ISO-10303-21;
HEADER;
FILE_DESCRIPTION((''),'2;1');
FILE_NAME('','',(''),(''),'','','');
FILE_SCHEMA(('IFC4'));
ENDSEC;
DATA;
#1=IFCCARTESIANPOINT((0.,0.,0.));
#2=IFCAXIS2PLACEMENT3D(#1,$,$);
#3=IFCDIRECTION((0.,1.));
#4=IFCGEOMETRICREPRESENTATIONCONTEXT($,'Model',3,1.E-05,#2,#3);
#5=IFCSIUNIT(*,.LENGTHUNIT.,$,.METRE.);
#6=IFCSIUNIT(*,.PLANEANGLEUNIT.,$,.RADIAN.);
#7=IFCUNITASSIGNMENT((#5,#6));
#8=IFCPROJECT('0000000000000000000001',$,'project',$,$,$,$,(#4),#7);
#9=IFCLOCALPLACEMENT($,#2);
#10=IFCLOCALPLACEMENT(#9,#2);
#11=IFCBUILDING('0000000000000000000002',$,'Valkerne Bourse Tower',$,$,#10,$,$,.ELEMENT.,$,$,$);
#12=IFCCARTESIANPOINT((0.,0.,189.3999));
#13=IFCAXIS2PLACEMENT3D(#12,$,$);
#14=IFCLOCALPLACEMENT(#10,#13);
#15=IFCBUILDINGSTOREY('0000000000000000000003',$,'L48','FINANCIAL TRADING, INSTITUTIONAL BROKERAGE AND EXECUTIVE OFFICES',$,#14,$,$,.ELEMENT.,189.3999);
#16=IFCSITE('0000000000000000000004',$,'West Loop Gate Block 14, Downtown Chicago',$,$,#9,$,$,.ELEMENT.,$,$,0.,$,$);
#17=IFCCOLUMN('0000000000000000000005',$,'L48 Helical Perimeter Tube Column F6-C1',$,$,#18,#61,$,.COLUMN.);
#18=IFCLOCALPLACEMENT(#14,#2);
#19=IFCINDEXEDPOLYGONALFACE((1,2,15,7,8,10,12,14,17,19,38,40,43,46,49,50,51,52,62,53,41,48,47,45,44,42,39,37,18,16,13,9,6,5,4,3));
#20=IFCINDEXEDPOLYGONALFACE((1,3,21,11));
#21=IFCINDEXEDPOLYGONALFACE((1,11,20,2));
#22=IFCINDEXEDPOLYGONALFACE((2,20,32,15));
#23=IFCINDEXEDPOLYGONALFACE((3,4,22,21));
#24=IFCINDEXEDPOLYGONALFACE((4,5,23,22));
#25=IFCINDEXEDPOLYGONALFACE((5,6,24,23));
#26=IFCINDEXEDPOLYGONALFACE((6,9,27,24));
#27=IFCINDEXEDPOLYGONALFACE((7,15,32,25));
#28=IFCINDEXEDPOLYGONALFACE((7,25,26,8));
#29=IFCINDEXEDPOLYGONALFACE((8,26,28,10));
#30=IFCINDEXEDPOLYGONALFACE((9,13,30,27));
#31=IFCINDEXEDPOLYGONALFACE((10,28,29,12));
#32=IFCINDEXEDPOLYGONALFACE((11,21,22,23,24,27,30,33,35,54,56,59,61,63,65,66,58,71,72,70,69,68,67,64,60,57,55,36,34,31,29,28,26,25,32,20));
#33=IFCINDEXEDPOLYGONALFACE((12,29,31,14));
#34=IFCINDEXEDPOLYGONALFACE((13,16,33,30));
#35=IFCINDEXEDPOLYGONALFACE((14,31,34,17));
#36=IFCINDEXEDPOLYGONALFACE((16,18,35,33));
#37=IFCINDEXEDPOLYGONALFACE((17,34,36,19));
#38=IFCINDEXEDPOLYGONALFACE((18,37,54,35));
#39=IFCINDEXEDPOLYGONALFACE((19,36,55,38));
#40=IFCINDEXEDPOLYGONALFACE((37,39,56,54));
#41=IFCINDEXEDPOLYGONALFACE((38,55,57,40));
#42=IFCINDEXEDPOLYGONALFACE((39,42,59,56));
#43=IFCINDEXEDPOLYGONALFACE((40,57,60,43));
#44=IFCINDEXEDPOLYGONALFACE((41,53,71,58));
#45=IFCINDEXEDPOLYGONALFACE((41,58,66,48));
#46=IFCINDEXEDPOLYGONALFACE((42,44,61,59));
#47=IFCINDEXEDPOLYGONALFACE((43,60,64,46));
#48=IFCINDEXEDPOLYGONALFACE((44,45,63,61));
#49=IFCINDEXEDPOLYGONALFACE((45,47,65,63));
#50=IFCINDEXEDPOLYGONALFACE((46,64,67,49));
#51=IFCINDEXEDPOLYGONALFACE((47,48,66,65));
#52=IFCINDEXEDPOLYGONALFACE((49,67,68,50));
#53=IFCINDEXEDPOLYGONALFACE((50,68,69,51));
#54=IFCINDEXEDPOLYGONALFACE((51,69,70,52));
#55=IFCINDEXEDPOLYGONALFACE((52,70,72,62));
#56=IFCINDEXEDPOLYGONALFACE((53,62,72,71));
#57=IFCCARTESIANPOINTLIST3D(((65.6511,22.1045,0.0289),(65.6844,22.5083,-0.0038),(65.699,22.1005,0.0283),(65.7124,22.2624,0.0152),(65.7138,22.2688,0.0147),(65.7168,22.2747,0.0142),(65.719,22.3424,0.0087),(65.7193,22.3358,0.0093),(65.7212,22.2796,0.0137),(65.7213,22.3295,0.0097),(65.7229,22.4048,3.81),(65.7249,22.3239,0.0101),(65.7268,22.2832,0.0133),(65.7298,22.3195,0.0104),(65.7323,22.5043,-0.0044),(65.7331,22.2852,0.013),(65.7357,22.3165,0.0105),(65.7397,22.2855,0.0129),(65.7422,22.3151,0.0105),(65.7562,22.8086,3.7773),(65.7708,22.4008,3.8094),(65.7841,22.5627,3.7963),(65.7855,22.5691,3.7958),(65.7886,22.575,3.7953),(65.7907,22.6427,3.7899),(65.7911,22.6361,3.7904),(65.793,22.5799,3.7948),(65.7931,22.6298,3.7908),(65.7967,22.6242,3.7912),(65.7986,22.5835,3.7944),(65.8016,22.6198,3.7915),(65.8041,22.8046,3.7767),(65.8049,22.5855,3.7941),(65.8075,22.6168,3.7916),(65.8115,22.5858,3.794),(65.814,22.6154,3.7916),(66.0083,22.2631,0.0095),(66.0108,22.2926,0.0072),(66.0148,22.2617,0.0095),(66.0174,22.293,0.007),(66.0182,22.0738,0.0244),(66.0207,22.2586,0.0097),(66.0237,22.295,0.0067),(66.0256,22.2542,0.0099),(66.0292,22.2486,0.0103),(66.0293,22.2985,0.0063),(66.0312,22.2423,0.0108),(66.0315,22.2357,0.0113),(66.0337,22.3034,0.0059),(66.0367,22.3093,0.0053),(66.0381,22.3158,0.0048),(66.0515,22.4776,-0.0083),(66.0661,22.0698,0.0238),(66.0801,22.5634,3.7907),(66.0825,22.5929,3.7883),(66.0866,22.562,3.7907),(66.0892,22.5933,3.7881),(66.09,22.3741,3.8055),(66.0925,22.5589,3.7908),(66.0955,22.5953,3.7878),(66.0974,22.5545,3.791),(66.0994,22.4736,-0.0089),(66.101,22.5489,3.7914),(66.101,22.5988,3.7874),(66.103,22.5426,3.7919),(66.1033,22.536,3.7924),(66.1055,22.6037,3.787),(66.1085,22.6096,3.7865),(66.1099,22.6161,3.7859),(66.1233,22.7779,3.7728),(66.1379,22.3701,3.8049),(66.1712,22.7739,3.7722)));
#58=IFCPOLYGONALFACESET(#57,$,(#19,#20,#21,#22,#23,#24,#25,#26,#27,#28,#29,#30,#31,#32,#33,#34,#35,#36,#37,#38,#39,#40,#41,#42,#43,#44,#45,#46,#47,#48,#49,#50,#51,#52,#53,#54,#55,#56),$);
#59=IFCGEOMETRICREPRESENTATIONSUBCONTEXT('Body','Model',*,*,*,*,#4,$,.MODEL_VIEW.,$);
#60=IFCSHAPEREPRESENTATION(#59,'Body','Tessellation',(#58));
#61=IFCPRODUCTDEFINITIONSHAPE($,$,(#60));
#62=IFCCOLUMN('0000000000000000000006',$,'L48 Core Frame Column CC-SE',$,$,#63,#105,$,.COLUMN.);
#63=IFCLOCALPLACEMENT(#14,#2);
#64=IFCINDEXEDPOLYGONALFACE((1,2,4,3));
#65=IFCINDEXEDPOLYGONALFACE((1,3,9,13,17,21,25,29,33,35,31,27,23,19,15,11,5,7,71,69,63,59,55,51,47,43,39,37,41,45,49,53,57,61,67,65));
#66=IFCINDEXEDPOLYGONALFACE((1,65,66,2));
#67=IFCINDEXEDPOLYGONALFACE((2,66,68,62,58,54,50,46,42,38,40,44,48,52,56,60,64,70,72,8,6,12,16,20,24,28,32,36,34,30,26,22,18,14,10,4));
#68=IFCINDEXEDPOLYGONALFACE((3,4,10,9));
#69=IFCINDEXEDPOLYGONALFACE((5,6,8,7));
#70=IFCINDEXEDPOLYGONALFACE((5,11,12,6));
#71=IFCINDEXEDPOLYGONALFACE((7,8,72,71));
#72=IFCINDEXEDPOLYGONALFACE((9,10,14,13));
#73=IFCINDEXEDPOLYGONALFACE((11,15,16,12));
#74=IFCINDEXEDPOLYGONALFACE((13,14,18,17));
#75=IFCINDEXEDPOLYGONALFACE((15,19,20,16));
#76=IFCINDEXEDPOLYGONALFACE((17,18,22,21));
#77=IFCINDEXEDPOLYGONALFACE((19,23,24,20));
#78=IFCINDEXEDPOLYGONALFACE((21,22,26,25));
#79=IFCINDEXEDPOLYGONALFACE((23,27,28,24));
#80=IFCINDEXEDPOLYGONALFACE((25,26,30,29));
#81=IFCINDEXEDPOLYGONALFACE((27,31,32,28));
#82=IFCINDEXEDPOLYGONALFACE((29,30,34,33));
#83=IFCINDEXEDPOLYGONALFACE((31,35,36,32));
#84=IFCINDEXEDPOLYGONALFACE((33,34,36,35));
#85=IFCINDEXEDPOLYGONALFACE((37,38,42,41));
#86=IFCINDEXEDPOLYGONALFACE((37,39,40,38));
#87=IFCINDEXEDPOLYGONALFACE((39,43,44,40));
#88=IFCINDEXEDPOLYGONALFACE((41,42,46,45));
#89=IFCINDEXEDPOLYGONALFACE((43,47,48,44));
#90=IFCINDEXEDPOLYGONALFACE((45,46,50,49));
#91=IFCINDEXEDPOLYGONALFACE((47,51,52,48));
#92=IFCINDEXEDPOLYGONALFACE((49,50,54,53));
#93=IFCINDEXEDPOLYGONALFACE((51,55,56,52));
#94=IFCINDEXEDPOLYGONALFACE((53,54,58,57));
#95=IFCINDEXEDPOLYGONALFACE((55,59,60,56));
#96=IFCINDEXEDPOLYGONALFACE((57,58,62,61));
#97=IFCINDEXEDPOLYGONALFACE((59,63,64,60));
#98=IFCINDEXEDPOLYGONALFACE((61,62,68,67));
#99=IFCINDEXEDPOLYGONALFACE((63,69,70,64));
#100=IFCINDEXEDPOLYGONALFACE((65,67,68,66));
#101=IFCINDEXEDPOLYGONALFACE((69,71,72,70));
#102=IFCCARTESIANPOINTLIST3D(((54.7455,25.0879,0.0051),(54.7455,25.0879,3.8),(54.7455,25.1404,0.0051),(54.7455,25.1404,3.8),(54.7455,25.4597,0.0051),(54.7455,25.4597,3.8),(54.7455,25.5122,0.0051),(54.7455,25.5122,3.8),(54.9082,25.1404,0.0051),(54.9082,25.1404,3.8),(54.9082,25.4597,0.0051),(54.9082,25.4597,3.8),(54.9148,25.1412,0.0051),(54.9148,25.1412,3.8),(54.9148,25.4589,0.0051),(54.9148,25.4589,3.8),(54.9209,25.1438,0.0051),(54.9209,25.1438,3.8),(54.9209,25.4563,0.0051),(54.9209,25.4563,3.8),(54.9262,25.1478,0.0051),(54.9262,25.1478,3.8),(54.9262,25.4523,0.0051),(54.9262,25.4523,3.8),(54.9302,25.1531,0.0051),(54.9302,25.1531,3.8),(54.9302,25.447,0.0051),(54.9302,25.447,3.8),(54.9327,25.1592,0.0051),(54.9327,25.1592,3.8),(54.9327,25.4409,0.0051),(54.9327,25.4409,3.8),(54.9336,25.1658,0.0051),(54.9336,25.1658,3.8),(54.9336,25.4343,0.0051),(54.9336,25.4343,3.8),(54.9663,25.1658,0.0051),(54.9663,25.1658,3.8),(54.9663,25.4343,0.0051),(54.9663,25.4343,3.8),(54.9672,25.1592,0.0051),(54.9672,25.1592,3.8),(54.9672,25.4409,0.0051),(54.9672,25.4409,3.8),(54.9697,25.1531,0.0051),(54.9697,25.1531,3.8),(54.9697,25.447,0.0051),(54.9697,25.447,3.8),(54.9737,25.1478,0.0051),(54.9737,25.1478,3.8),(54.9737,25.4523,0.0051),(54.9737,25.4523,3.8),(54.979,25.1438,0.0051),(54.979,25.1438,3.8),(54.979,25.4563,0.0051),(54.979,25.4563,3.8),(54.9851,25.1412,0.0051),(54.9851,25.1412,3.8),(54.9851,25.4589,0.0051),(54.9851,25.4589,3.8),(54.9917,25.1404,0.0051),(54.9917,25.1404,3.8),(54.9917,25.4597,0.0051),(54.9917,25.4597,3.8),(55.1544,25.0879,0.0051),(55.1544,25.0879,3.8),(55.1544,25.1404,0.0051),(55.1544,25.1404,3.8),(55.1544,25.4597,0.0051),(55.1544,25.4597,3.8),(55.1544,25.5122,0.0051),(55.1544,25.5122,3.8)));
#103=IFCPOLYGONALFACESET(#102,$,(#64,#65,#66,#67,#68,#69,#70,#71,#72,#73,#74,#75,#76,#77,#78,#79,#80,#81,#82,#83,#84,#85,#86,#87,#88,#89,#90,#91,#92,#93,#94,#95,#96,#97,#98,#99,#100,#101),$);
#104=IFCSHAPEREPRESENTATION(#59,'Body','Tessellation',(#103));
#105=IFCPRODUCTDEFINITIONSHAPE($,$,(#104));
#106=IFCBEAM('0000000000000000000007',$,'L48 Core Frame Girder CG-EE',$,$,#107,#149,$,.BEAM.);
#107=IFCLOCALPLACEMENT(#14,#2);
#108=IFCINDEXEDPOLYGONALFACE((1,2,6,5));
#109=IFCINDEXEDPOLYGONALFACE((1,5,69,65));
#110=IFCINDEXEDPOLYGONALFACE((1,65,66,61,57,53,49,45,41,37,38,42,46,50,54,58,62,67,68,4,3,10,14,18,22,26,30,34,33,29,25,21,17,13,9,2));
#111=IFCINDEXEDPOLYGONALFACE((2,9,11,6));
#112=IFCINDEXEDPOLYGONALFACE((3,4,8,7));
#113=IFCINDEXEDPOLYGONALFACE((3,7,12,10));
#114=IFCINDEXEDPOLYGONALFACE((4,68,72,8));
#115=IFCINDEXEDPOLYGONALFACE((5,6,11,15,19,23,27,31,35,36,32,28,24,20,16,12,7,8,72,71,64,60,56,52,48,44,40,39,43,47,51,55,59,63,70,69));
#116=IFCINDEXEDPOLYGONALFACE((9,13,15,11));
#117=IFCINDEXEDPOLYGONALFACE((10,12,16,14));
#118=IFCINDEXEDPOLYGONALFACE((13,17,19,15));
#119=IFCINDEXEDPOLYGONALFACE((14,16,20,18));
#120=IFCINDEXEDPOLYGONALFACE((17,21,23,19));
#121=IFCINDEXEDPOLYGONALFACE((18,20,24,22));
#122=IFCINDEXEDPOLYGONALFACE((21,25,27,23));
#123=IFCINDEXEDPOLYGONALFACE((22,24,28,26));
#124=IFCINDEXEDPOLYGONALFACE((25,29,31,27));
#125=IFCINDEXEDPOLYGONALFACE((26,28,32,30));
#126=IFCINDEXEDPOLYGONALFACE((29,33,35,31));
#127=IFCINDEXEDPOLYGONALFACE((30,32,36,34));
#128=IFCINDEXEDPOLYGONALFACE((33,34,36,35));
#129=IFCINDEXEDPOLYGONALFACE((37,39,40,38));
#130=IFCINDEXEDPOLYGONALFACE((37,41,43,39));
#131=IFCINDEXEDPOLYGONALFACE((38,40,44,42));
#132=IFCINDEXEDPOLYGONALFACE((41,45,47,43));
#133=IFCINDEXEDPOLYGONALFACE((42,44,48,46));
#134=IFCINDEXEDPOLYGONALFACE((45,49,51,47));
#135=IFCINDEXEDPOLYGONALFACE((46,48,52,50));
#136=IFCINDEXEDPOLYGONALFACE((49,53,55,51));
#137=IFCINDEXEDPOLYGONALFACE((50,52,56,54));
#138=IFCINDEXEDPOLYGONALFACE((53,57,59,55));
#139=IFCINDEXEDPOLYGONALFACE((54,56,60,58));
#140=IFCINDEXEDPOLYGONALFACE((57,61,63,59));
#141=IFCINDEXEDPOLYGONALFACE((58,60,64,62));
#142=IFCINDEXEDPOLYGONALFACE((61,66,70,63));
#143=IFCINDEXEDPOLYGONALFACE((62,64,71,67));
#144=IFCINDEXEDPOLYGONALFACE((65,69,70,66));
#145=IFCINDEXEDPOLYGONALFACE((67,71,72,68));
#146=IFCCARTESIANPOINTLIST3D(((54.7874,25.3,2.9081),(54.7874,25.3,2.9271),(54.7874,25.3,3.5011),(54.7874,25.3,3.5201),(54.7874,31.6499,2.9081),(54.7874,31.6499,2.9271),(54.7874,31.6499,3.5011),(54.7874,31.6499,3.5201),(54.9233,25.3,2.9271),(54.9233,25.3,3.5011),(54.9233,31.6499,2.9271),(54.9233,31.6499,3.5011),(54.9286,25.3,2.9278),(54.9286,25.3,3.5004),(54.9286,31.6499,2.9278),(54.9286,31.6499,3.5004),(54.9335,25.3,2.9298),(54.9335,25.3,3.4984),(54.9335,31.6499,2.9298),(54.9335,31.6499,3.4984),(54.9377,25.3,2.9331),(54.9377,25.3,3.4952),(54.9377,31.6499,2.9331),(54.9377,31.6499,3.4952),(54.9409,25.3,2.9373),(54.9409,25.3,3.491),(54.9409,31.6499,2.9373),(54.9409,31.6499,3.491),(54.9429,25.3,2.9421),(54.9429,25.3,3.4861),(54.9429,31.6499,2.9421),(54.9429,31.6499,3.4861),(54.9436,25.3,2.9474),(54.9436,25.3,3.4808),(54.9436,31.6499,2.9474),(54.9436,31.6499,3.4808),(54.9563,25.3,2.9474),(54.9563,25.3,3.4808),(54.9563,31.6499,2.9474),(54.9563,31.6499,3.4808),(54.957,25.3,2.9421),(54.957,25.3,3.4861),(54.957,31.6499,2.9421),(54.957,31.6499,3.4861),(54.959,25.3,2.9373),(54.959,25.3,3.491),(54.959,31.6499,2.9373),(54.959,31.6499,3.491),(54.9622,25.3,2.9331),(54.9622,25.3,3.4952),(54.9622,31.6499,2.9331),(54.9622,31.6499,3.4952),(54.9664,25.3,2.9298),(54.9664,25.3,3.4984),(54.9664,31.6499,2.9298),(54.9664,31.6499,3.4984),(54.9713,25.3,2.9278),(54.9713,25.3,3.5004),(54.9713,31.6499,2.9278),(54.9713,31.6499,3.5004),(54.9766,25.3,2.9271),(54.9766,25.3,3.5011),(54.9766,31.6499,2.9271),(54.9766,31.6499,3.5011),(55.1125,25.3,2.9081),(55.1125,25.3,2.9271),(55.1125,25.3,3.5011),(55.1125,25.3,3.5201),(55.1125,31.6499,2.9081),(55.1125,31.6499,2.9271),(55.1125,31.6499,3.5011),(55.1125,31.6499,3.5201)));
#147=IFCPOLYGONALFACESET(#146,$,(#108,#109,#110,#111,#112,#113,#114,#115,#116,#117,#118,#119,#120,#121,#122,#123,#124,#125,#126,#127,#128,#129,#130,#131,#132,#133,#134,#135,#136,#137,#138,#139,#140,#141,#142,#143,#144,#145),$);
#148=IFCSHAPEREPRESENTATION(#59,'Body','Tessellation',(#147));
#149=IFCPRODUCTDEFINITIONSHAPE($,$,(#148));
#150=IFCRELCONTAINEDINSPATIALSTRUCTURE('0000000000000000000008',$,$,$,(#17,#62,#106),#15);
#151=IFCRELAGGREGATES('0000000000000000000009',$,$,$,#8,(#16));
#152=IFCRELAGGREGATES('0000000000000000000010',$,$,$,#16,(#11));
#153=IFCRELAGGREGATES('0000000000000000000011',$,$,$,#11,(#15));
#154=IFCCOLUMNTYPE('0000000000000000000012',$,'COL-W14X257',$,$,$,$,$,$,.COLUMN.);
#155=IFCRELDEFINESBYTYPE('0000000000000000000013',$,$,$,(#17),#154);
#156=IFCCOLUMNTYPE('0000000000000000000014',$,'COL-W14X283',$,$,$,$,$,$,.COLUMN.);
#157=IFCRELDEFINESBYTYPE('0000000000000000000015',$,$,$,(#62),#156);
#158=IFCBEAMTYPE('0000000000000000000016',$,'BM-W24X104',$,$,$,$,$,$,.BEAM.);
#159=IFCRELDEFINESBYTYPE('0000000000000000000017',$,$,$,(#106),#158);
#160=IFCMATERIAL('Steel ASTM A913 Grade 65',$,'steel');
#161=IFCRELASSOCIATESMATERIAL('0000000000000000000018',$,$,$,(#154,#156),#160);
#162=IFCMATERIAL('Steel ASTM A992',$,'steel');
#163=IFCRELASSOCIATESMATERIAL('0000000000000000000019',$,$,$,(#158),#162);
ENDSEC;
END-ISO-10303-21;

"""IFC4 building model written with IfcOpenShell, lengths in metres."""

from ifc_helpers import new_model, si_unit, direction, frame, origin, origin_2d, place, context, subcontext, project, spatial, i_section, extrude, material, material_profile, profile_set, type_object, element, save


model = new_model("IFC4")

# Units and contexts
model_context = context("Model", 3, precision=1e-05, world=origin(), true_north=direction((0.0, 1.0)))
body_context = subcontext(model_context, "Body", "Model", "MODEL_VIEW")
ifc_project = project(units=[si_unit("LENGTHUNIT", "METRE"), si_unit("PLANEANGLEUNIT", "RADIAN")], contexts=[model_context])

# Site, building, storey
site_placement = place(None, origin())
site = spatial("IfcSite", under=ifc_project, at=site_placement, Name="West Loop Gate Block 14, Downtown Chicago", CompositionType="ELEMENT", RefElevation=0.0)
building_placement = place(site_placement, origin())
building = spatial("IfcBuilding", under=site, at=building_placement, Name="Valkerne Bourse Tower", CompositionType="ELEMENT")
storey_placement = place(building_placement, frame((0.0, 0.0, 189.3999)))
storey = spatial("IfcBuildingStorey", under=building, at=storey_placement, Name="L48", Description="FINANCIAL TRADING, INSTITUTIONAL BROKERAGE AND EXECUTIVE OFFICES", CompositionType="ELEMENT", Elevation=189.3999)

# Columns
ifc_material_1 = material(Name="Steel ASTM A913 Grade 65", Category="steel")
ifc_material_profile_1 = material_profile(ifc_material_1, i_section(OverallWidth=0.4065, OverallDepth=0.4165, WebThickness=0.0298, FlangeThickness=0.0481, FilletRadius=0.0254, at=origin_2d()), Name="W14X257")
ifc_profile_set_1 = profile_set([ifc_material_profile_1], Name="Steel ASTM A913 Grade 65")
column_type_1 = type_object("IfcColumnType", Name="COL-W14X257", PredefinedType="COLUMN", material=ifc_profile_set_1)
column_1_placement = place(storey_placement, frame((65.8752, 22.2891, 0.01), z_axis=(0.018921, 0.079158, 0.996683), x_axis=(-0.081922, -0.993386, 0.080451)))
element("IfcColumn", 1, at=column_1_placement, inside=storey, type_object=column_type_1, Name="L48 Helical Perimeter Tube Column F6-C1", PredefinedType="COLUMN", context=body_context, shape_type="SweptSolid", body=[
    extrude(i_section(OverallWidth=0.4065, OverallDepth=0.4165, WebThickness=0.0298, FlangeThickness=0.0481, FilletRadius=0.0254, at=origin_2d()), origin(), (0.0, 0.0, 1.0), 3.7937),
])
ifc_material_profile_2 = material_profile(ifc_material_1, i_section(OverallWidth=0.4089, OverallDepth=0.4243, WebThickness=0.0327, FlangeThickness=0.0525, FilletRadius=0.0254, at=origin_2d()), Name="W14X283")
ifc_profile_set_2 = profile_set([ifc_material_profile_2], Name="Steel ASTM A913 Grade 65")
column_type_2 = type_object("IfcColumnType", Name="COL-W14X283", PredefinedType="COLUMN", material=ifc_profile_set_2)
column_2_placement = place(storey_placement, frame((54.95, 25.3, 0.0051), z_axis=(0.0, 0.0, 1.0), x_axis=(1.0, 0.0, 0.0)))
element("IfcColumn", 2, at=column_2_placement, inside=storey, type_object=column_type_2, Name="L48 Core Frame Column CC-SE", PredefinedType="COLUMN", context=body_context, shape_type="SweptSolid", body=[
    extrude(i_section(OverallWidth=0.4089, OverallDepth=0.4243, WebThickness=0.0327, FlangeThickness=0.0525, FilletRadius=0.0254, at=origin_2d()), origin(), (0.0, 0.0, 1.0), 3.7949),
])

# Beam
ifc_material_2 = material(Name="Steel ASTM A992", Category="steel")
ifc_material_profile_3 = material_profile(ifc_material_2, i_section(OverallWidth=0.3252, OverallDepth=0.6121, WebThickness=0.0127, FlangeThickness=0.019, FilletRadius=0.0203, at=origin_2d()), Name="W24X104")
ifc_profile_set_3 = profile_set([ifc_material_profile_3], Name="Steel ASTM A992")
beam_type_1 = type_object("IfcBeamType", Name="BM-W24X104", PredefinedType="BEAM", material=ifc_profile_set_3)
beam_1_placement = place(storey_placement, frame((54.95, 25.3, 3.2141), z_axis=(0.0, 1.0, 0.0), x_axis=(-1.0, 0.0, 0.0)))
element("IfcBeam", 3, at=beam_1_placement, inside=storey, type_object=beam_type_1, Name="L48 Core Frame Girder CG-EE", PredefinedType="BEAM", context=body_context, shape_type="SweptSolid", body=[
    extrude(i_section(OverallWidth=0.3252, OverallDepth=0.6121, WebThickness=0.0127, FlangeThickness=0.019, FilletRadius=0.0203, at=origin_2d()), origin(), (0.0, 0.0, 1.0), 6.3499),
])

save(model, "model.ifc")
